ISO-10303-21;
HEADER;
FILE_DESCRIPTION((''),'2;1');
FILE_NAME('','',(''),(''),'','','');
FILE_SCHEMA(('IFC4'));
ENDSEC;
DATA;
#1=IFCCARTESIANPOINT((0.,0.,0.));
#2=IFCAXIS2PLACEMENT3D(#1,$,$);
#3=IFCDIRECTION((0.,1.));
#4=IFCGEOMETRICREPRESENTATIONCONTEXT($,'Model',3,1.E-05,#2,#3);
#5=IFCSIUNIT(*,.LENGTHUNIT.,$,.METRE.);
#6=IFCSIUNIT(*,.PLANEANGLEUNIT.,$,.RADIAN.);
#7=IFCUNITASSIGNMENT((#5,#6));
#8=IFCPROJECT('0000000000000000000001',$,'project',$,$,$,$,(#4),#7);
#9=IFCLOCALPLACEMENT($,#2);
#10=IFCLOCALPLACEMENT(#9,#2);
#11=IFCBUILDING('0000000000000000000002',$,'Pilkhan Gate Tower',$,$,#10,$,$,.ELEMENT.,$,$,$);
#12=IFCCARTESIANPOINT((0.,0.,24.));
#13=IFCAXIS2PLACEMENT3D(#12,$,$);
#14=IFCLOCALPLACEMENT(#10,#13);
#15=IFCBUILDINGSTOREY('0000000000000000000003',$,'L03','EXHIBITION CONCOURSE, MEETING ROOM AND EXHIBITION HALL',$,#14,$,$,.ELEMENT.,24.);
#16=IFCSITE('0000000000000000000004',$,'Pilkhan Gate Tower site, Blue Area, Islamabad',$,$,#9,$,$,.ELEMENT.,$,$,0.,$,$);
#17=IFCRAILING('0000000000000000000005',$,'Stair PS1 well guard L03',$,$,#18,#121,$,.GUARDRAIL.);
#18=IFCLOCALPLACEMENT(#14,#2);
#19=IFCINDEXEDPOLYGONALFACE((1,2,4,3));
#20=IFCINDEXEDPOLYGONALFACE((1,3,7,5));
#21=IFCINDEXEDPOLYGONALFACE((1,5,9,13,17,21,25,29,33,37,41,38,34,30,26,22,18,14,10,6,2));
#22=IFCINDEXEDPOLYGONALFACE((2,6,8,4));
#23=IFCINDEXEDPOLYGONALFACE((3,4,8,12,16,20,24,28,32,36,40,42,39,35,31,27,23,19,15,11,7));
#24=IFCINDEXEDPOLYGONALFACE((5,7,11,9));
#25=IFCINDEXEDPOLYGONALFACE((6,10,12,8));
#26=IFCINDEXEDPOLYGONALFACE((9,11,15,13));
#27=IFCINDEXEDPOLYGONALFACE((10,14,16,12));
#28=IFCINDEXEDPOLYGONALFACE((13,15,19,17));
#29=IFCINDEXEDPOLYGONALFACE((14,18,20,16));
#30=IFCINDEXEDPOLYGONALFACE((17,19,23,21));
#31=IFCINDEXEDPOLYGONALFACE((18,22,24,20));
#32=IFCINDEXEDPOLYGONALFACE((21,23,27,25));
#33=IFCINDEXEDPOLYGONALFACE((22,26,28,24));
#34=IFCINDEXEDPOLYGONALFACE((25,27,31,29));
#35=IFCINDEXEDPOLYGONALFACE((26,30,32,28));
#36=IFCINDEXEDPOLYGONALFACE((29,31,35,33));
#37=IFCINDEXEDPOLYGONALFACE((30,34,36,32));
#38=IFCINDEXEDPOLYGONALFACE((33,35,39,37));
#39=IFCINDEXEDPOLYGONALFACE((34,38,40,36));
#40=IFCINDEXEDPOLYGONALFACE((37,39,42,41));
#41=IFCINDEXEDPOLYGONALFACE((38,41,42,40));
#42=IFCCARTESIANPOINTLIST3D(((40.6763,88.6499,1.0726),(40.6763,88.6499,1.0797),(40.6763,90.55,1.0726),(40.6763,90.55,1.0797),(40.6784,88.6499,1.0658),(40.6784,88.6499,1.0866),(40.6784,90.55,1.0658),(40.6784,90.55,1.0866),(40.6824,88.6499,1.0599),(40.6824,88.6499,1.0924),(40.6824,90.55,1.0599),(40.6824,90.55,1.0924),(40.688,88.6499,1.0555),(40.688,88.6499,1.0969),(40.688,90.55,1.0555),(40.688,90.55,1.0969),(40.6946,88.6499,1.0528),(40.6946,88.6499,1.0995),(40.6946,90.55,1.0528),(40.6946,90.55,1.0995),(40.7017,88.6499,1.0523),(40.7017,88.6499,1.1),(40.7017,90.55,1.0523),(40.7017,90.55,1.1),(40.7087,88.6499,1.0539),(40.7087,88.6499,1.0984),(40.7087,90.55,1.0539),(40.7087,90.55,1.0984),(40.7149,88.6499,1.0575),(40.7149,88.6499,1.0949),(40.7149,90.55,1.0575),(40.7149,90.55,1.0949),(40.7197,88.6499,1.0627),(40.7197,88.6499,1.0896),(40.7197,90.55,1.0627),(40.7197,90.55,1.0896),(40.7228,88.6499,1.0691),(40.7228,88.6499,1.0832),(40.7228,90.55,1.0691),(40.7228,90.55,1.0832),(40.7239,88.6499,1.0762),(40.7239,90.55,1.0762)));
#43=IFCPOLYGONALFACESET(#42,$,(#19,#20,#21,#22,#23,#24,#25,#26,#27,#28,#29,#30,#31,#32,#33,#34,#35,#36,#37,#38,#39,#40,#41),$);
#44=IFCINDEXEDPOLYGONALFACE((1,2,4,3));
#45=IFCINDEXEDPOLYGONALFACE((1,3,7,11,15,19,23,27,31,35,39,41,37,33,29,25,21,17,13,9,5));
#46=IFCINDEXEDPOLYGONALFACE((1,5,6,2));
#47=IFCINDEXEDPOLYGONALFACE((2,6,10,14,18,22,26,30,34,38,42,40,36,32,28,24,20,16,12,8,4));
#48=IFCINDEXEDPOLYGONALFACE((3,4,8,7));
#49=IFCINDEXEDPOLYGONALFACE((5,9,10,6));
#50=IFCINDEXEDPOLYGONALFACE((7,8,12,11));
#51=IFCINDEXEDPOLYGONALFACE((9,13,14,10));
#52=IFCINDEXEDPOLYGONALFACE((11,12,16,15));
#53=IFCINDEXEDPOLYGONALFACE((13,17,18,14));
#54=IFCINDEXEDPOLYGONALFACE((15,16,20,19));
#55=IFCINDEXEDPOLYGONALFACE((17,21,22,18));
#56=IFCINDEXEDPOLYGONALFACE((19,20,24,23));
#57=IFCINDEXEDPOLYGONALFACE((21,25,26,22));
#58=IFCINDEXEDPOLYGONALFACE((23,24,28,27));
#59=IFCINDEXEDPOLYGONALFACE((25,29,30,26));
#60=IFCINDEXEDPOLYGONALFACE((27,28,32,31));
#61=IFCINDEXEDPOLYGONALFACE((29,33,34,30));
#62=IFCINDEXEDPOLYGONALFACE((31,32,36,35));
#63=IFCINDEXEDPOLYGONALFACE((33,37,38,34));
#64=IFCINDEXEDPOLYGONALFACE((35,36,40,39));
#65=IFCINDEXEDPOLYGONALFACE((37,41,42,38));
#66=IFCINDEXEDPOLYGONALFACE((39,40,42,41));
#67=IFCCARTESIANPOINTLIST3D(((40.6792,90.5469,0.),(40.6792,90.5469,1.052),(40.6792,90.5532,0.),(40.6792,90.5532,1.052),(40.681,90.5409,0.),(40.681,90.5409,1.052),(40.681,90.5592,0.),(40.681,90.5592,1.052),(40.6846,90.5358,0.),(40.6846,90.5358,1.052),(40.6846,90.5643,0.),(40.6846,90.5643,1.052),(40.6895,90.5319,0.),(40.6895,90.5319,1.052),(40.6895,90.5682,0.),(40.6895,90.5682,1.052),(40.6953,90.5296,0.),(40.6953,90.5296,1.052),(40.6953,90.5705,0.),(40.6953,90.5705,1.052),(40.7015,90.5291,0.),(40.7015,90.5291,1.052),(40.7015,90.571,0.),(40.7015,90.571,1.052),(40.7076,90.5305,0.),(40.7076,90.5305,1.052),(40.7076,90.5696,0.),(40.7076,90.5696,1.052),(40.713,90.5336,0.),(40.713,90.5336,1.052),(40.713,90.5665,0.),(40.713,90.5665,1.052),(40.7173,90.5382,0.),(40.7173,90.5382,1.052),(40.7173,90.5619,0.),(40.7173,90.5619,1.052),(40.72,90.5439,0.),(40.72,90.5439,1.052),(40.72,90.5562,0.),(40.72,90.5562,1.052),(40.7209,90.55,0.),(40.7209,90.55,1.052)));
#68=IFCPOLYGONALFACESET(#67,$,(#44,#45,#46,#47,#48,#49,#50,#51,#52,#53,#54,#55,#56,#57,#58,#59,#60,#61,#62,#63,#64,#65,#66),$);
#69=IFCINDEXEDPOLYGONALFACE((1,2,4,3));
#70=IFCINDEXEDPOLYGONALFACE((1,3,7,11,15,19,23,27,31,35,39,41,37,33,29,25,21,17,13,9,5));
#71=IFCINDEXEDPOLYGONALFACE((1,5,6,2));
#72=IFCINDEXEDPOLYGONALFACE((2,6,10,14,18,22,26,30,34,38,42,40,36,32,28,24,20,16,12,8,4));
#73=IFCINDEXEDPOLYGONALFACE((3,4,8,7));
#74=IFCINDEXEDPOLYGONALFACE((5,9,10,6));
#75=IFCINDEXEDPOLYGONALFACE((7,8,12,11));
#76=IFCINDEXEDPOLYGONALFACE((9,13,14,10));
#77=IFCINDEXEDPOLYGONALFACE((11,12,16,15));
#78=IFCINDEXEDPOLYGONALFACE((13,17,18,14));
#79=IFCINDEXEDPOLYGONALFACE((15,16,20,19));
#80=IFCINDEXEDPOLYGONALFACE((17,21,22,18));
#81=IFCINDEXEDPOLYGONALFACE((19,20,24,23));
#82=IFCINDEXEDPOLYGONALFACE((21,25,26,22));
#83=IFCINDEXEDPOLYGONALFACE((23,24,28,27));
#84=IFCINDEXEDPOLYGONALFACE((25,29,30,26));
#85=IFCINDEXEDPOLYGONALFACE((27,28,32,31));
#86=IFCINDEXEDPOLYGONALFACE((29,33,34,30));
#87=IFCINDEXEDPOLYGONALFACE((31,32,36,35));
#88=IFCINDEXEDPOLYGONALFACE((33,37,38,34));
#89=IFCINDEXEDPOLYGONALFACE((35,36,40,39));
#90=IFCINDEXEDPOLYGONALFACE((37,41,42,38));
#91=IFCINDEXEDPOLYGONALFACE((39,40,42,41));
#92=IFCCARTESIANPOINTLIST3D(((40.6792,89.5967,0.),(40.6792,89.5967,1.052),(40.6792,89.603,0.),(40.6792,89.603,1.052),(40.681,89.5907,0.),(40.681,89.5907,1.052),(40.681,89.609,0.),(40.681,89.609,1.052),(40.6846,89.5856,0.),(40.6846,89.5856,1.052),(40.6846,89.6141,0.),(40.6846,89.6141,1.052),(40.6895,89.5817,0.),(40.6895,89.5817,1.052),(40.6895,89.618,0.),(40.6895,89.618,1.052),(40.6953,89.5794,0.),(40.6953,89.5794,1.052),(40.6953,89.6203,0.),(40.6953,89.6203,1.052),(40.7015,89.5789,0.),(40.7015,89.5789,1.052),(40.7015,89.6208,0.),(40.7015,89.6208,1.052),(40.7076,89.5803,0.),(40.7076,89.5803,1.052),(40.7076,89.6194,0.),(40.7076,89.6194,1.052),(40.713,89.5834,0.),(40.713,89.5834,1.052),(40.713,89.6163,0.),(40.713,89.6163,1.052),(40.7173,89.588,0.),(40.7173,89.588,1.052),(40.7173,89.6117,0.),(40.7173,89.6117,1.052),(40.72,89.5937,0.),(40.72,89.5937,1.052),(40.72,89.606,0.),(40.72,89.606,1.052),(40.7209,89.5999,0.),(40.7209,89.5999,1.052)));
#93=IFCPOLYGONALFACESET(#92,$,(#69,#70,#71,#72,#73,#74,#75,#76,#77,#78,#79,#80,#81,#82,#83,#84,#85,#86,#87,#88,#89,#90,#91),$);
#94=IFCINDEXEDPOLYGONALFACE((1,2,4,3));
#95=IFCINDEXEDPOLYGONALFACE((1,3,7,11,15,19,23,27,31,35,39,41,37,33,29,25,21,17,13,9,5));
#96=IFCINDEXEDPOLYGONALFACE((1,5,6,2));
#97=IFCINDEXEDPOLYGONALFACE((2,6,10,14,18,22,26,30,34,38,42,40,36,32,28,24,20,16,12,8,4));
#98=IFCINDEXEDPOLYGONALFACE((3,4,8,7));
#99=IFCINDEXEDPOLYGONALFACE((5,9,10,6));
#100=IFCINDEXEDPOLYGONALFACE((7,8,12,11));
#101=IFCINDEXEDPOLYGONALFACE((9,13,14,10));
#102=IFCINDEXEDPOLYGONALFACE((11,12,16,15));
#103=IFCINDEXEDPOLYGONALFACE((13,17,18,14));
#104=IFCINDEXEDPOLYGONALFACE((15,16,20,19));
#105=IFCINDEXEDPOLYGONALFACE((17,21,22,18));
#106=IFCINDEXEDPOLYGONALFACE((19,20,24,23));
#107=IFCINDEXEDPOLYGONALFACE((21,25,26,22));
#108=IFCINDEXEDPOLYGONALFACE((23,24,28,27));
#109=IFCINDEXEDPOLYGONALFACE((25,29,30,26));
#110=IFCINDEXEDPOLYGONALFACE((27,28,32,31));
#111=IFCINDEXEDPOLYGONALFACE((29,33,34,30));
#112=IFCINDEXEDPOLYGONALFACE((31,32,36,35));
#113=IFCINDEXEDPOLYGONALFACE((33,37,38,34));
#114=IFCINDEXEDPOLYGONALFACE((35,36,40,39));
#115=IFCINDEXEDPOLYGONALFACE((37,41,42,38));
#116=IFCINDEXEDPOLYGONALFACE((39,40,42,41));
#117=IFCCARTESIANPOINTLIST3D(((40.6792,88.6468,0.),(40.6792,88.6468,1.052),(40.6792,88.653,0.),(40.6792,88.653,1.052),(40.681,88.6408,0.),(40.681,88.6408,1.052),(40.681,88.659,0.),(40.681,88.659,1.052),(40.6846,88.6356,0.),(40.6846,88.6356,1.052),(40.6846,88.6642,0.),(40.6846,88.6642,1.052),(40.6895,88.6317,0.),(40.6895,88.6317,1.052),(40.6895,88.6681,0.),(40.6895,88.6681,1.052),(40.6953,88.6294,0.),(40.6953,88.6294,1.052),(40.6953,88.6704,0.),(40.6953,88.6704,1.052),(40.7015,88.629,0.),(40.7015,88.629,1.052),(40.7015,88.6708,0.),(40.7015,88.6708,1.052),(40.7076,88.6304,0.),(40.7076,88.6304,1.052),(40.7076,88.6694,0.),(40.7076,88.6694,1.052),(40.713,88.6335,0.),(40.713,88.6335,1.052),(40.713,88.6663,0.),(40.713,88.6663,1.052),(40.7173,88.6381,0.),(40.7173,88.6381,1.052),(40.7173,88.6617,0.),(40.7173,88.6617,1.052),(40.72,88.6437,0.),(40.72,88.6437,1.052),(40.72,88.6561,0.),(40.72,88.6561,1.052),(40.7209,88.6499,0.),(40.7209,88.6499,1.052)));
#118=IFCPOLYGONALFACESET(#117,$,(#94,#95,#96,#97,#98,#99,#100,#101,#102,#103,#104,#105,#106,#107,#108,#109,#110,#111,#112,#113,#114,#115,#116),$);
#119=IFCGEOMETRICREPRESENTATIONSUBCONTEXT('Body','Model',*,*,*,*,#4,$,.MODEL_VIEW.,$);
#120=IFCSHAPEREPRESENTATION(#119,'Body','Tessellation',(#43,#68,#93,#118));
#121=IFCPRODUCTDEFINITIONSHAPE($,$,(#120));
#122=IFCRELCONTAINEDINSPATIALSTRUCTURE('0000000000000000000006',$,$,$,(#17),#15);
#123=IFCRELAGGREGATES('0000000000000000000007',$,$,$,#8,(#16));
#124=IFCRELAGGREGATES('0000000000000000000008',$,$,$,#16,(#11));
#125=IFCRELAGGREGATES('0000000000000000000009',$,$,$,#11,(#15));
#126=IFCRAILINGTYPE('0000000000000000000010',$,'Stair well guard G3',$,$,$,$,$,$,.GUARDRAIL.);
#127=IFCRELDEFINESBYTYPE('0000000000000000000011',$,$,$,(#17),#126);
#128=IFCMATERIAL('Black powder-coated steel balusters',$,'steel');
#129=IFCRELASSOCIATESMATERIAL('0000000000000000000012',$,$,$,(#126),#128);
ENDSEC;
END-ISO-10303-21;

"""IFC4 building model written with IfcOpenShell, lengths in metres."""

from ifc_helpers import new_model, si_unit, direction, frame, origin, origin_2d, place, context, subcontext, project, spatial, circle, extrude, material, type_object, element, save


model = new_model("IFC4")

# Units and contexts
model_context = context("Model", 3, precision=1e-05, world=origin(), true_north=direction((0.0, 1.0)))
body_context = subcontext(model_context, "Body", "Model", "MODEL_VIEW")
ifc_project = project(units=[si_unit("LENGTHUNIT", "METRE"), si_unit("PLANEANGLEUNIT", "RADIAN")], contexts=[model_context])

# Site, building, storey
site_placement = place(None, origin())
site = spatial("IfcSite", under=ifc_project, at=site_placement, Name="Pilkhan Gate Tower site, Blue Area, Islamabad", CompositionType="ELEMENT", RefElevation=0.0)
building_placement = place(site_placement, origin())
building = spatial("IfcBuilding", under=site, at=building_placement, Name="Pilkhan Gate Tower", CompositionType="ELEMENT")
storey_placement = place(building_placement, frame((0.0, 0.0, 24.0)))
storey = spatial("IfcBuildingStorey", under=building, at=storey_placement, Name="L03", Description="EXHIBITION CONCOURSE, MEETING ROOM AND EXHIBITION HALL", CompositionType="ELEMENT", Elevation=24.0)

# Railing
ifc_material_1 = material(Name="Black powder-coated steel balusters", Category="steel")
railing_type = type_object("IfcRailingType", Name="Stair well guard G3", PredefinedType="GUARDRAIL", material=ifc_material_1)
railing_1_placement = place(storey_placement, frame((40.7, 90.55, 0.0)))
element("IfcRailing", 1, at=railing_1_placement, inside=storey, type_object=railing_type, Name="Stair PS1 well guard L03", PredefinedType="GUARDRAIL", context=body_context, shape_type="SweptSolid", body=[
    extrude(circle(Radius=0.0239, at=origin_2d()), frame((0.0, 0.0, 1.0762), z_axis=(0.0, -1.0, 0.0), x_axis=(1.0, 0.0, 0.0)), (0.0, 0.0, 1.0), 1.9001),
    extrude(circle(Radius=0.021, at=origin_2d()), origin(), (0.0, 0.0, 1.0), 1.052),
    extrude(circle(Radius=0.021, at=origin_2d()), frame((0.0, -0.9502, 0.0)), (0.0, 0.0, 1.0), 1.052),
    extrude(circle(Radius=0.021, at=origin_2d()), frame((0.0, -1.9001, 0.0)), (0.0, 0.0, 1.0), 1.052),
])

save(model, "model.ifc")
